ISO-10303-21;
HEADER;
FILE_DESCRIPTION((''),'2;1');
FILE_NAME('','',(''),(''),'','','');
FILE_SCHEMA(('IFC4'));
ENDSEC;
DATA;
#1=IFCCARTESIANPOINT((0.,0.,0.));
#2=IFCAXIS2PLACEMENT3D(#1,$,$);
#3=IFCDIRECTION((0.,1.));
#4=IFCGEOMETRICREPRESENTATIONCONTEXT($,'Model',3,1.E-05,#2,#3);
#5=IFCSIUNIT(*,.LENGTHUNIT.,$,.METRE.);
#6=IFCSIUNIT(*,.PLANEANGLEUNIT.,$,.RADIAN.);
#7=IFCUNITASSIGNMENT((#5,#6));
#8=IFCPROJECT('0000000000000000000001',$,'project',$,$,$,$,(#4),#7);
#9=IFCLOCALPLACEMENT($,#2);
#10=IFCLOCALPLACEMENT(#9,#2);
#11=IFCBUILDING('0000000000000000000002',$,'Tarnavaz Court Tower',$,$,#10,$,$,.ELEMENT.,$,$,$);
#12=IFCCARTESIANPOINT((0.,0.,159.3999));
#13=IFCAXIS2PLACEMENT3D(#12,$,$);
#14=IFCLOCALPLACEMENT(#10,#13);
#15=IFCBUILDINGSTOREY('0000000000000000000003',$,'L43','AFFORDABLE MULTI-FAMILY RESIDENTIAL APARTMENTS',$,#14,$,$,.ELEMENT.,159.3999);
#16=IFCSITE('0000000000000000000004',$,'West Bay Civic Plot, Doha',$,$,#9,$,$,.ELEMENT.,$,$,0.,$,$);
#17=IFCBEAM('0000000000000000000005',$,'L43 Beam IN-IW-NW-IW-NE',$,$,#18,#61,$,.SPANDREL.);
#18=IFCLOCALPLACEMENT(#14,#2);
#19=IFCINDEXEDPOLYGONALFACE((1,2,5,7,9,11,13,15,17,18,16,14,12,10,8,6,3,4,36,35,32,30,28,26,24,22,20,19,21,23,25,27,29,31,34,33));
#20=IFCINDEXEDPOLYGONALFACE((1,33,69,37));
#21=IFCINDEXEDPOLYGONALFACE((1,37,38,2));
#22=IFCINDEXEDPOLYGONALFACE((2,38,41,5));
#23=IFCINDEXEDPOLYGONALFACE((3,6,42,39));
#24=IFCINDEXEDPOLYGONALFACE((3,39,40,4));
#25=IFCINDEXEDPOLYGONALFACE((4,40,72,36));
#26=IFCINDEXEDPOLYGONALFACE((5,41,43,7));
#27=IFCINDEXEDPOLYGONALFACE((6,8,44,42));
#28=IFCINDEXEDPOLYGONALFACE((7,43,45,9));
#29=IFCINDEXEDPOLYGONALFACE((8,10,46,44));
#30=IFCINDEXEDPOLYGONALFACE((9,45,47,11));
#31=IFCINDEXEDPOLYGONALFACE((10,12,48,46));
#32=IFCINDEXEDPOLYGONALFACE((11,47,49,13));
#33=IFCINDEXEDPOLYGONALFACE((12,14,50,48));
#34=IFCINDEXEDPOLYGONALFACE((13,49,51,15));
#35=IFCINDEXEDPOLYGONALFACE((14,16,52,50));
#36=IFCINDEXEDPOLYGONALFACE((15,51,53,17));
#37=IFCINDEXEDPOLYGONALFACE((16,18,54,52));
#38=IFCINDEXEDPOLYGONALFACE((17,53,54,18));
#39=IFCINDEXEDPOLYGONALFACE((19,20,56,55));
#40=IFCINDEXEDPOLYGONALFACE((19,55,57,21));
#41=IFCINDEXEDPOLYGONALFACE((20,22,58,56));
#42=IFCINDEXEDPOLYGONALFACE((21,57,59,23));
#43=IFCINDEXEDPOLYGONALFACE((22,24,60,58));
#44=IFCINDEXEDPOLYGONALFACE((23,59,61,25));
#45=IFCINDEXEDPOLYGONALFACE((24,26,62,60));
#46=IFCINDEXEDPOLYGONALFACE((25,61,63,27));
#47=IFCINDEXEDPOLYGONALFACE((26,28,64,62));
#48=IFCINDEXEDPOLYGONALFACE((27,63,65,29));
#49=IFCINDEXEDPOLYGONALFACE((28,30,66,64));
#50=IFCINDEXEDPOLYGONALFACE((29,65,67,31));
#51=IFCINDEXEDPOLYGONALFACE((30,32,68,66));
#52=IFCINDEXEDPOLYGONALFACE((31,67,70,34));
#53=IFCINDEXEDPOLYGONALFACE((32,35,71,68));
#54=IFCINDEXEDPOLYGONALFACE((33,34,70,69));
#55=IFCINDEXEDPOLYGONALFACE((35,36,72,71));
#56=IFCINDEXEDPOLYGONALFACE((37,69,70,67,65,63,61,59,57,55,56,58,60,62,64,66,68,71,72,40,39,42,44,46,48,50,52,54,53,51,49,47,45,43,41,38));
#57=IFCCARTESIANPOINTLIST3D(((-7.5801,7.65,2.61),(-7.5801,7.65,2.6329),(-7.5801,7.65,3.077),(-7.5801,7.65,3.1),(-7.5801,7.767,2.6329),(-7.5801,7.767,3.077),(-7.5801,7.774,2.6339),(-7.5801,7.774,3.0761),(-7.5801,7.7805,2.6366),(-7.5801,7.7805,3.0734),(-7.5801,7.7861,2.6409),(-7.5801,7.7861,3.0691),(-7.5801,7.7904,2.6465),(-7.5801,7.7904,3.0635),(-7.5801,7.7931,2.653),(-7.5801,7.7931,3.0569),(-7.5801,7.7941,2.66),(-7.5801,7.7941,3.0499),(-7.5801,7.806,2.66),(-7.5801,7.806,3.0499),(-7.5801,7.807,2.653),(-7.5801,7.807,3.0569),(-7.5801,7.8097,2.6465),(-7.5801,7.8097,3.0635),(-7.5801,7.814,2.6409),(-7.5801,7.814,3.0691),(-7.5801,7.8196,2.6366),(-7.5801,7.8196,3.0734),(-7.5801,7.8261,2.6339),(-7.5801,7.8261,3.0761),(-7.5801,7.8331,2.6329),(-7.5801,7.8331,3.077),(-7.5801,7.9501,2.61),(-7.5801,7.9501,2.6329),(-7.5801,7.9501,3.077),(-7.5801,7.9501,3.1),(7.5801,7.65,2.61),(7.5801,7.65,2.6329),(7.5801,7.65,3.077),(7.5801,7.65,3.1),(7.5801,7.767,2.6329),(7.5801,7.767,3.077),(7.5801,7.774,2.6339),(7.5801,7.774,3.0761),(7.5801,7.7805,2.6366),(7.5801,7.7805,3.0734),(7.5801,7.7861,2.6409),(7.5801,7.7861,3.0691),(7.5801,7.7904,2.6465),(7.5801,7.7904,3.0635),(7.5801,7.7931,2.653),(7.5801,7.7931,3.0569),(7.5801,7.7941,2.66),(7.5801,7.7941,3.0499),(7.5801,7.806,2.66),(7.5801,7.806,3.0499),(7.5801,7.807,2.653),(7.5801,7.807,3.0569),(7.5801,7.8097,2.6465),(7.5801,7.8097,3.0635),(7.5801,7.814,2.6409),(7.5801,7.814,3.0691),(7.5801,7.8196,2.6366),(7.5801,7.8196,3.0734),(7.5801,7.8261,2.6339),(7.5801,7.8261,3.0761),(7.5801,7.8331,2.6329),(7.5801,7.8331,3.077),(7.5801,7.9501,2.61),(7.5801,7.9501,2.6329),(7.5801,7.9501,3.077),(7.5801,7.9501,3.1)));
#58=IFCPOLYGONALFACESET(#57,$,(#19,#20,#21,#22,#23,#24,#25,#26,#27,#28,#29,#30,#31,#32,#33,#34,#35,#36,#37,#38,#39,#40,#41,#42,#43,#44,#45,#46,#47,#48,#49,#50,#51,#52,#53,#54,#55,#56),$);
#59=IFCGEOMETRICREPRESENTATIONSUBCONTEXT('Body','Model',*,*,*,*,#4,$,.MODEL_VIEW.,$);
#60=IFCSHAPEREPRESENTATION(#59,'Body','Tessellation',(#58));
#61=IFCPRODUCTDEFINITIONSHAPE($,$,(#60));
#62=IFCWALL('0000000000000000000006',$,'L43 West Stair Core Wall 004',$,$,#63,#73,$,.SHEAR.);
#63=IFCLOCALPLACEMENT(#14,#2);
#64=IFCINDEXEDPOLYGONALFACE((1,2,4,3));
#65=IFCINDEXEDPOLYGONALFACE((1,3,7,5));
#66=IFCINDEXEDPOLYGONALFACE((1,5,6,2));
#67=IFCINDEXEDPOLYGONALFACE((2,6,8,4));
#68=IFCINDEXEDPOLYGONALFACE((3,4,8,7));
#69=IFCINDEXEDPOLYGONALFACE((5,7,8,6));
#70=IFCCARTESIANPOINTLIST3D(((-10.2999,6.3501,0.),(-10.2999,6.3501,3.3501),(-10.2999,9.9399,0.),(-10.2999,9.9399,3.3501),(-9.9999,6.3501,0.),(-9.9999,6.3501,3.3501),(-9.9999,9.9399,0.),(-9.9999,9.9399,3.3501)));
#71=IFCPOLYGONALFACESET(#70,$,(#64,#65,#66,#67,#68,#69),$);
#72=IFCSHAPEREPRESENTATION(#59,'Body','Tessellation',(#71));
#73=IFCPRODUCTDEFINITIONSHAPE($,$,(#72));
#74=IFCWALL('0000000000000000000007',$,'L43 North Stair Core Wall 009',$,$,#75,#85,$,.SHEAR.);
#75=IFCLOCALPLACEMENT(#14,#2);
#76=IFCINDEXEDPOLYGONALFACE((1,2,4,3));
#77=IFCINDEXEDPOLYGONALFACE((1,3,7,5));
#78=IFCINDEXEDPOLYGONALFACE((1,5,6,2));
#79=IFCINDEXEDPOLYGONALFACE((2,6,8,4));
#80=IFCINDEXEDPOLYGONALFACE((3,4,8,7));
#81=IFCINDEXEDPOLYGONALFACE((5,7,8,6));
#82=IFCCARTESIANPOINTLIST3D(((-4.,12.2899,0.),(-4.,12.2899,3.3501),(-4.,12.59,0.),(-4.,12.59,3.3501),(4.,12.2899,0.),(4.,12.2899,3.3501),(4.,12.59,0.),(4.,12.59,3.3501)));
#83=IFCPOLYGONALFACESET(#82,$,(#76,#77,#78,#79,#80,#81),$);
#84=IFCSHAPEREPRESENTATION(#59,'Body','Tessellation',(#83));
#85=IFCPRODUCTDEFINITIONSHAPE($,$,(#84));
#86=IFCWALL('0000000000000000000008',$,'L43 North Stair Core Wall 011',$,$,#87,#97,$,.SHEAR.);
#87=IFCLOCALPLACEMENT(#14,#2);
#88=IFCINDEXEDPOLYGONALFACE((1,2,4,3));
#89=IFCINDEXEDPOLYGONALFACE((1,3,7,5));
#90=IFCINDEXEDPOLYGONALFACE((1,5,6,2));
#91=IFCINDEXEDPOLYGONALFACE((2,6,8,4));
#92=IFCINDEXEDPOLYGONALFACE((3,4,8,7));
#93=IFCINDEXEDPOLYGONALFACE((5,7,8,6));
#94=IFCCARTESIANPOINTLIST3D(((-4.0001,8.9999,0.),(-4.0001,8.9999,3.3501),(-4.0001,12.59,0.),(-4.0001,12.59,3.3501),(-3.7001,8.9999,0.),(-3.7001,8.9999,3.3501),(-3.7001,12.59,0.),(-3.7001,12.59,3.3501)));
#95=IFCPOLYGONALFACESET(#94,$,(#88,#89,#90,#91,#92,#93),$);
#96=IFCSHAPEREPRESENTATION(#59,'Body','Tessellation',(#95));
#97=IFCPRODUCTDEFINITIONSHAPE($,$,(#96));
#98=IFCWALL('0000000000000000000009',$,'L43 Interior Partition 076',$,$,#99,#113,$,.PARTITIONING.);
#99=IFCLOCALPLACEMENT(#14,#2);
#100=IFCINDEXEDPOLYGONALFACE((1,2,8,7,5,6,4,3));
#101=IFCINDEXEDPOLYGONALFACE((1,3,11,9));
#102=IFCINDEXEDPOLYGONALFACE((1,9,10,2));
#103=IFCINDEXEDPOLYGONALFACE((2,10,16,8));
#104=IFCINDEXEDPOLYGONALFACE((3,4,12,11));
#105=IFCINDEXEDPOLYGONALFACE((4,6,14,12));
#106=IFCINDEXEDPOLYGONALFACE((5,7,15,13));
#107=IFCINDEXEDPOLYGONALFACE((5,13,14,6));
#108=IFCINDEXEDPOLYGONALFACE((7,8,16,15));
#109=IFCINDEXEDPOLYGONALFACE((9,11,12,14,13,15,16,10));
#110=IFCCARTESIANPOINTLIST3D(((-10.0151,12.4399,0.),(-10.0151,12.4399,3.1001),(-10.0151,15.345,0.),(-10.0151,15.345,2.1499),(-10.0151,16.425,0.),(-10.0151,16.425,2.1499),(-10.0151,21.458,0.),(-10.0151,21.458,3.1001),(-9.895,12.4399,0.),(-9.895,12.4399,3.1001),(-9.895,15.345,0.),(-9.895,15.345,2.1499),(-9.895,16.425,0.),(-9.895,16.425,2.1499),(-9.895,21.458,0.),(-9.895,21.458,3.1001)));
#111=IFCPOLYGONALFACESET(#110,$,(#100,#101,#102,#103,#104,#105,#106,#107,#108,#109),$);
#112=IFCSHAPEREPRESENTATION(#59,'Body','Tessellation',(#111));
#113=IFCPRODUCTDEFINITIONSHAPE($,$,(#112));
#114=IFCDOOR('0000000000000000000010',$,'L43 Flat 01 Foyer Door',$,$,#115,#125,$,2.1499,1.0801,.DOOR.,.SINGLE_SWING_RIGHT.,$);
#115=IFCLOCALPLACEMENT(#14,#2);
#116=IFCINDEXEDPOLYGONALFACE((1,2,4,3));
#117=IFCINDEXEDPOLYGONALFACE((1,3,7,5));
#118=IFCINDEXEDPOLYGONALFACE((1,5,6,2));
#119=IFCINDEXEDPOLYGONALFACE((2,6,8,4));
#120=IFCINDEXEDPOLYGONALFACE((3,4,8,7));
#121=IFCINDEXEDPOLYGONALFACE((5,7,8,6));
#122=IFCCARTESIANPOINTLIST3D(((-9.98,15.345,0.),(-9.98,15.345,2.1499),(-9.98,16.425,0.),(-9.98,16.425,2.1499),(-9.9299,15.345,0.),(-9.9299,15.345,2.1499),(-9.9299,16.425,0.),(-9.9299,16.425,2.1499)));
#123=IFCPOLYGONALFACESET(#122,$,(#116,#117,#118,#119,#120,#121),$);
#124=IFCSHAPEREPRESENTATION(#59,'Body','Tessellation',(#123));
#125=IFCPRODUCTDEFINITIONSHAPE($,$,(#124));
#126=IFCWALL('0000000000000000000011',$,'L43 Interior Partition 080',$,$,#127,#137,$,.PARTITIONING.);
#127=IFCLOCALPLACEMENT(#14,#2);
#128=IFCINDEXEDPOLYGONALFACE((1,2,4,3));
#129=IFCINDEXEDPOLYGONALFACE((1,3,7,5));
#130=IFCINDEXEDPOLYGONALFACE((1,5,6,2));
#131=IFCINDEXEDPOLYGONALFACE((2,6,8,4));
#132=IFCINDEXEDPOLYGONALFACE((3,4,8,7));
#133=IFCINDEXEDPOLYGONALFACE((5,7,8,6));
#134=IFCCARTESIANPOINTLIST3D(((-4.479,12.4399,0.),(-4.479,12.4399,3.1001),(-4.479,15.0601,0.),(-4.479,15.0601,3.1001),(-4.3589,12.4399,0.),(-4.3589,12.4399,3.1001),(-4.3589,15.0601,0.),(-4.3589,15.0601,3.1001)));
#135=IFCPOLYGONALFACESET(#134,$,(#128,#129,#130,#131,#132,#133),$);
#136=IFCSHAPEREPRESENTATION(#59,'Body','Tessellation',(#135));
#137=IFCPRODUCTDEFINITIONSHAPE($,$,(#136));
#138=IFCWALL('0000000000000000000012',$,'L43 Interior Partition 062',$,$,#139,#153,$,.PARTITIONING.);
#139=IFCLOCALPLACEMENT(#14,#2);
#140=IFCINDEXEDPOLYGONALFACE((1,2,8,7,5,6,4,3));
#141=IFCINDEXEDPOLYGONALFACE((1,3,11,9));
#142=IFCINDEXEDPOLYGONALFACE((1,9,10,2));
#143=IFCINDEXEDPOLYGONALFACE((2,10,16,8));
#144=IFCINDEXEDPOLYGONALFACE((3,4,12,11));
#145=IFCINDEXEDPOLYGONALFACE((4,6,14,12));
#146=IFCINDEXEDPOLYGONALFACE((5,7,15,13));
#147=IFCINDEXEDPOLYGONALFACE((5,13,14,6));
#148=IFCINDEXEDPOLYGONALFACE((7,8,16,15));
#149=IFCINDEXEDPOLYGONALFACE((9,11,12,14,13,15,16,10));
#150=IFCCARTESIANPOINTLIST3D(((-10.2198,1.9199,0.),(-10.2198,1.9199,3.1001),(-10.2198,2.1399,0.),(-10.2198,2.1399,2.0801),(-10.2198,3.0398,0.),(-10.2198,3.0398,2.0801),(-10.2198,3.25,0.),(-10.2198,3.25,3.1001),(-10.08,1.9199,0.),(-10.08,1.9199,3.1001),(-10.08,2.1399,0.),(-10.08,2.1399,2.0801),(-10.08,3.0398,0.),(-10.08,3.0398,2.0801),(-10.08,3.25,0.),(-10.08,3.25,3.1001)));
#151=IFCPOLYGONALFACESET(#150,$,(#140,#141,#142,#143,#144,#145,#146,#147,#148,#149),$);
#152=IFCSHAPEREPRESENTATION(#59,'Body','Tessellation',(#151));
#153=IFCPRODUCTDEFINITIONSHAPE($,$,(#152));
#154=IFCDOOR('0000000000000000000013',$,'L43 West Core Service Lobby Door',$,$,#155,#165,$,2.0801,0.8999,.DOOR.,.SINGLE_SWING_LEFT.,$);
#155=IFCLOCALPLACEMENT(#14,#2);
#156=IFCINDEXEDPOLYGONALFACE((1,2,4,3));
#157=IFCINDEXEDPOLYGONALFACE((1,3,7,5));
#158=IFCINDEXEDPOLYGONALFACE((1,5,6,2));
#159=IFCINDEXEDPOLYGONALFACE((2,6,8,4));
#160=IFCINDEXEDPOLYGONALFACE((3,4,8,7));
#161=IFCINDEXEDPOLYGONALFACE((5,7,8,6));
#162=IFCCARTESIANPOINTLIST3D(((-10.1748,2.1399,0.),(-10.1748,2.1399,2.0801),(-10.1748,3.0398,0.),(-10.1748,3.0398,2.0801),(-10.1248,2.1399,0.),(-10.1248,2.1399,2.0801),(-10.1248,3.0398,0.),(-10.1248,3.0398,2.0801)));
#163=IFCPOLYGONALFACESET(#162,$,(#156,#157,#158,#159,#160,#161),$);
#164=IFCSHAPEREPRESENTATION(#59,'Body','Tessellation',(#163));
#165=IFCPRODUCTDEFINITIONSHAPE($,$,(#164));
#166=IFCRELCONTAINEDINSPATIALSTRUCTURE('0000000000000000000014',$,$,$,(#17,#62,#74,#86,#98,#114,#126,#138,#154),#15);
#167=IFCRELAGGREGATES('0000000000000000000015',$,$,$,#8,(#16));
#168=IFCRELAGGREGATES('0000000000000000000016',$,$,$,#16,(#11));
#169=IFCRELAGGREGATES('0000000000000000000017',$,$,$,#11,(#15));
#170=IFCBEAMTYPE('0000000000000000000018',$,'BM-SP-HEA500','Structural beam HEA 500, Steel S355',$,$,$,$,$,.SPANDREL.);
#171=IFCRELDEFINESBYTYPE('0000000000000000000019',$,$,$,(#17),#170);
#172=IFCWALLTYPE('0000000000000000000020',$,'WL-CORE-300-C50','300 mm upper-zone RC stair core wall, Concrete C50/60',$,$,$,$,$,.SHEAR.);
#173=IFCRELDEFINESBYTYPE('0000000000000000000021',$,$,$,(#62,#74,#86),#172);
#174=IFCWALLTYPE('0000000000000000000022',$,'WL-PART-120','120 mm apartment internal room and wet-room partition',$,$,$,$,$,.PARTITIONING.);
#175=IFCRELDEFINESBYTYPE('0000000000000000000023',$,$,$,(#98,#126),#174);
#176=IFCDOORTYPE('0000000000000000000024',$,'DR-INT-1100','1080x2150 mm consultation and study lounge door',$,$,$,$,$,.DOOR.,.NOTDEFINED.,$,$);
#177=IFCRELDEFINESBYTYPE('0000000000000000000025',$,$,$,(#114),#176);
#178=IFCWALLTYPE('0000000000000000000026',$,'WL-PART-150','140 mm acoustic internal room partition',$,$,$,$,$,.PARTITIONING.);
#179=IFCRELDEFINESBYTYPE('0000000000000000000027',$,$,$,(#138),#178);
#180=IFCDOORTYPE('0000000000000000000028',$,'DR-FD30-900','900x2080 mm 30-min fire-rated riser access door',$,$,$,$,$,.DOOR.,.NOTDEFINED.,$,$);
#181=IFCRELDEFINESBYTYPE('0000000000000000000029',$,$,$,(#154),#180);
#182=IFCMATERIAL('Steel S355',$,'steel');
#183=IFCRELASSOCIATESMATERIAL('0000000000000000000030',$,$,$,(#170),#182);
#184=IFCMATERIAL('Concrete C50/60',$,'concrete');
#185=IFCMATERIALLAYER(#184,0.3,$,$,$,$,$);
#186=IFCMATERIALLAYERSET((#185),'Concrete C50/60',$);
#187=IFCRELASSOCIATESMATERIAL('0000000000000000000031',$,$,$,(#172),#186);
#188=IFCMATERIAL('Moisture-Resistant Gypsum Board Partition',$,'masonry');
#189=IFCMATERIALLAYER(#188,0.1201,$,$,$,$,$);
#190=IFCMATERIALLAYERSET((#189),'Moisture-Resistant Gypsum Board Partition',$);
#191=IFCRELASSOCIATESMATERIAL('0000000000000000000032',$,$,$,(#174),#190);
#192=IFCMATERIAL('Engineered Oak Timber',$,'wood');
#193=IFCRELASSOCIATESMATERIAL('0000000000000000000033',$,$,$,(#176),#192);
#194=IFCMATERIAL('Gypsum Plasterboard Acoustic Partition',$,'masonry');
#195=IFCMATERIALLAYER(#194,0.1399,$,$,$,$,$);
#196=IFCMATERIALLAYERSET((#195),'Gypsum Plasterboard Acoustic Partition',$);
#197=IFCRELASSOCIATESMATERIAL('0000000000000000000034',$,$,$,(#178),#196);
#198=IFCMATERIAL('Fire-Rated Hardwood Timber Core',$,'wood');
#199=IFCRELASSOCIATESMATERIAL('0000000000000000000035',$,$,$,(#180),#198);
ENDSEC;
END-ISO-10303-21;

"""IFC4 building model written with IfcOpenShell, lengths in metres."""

from ifc_helpers import new_model, si_unit, direction, frame, frame_2d, origin, origin_2d, place, context, subcontext, project, spatial, rectangle, i_section, extrude, material, layer, layer_set, material_profile, profile_set, type_object, element, fill, save


model = new_model("IFC4")

# Units and contexts
model_context = context("Model", 3, precision=1e-05, world=origin(), true_north=direction((0.0, 1.0)))
body_context = subcontext(model_context, "Body", "Model", "MODEL_VIEW")
ifc_project = project(units=[si_unit("LENGTHUNIT", "METRE"), si_unit("PLANEANGLEUNIT", "RADIAN")], contexts=[model_context])

# Site, building, storey
site_placement = place(None, origin())
site = spatial("IfcSite", under=ifc_project, at=site_placement, Name="West Bay Civic Plot, Doha", CompositionType="ELEMENT", RefElevation=0.0)
building_placement = place(site_placement, origin())
building = spatial("IfcBuilding", under=site, at=building_placement, Name="Tarnavaz Court Tower", CompositionType="ELEMENT")
storey_placement = place(building_placement, frame((0.0, 0.0, 159.3999)))
storey = spatial("IfcBuildingStorey", under=building, at=storey_placement, Name="L43", Description="AFFORDABLE MULTI-FAMILY RESIDENTIAL APARTMENTS", CompositionType="ELEMENT", Elevation=159.3999)

# Beam
ifc_material_1 = material(Name="Steel S355", Category="steel")
ifc_material_profile_1 = material_profile(ifc_material_1, i_section(OverallWidth=0.3, OverallDepth=0.49, WebThickness=0.012, FlangeThickness=0.0229, FilletRadius=0.0271, at=origin_2d()), Name="HEA 500")
ifc_profile_set_1 = profile_set([ifc_material_profile_1], Name="Steel S355")
beam_type_1 = type_object("IfcBeamType", Name="BM-SP-HEA500", Description="Structural beam HEA 500, Steel S355", PredefinedType="SPANDREL", material=ifc_profile_set_1)
beam_1_placement = place(storey_placement, frame((-7.5801, 7.8, 2.855), z_axis=(1.0, 0.0, 0.0), x_axis=(0.0, 1.0, 0.0)))
element("IfcBeam", 1, at=beam_1_placement, inside=storey, type_object=beam_type_1, Name="L43 Beam IN-IW-NW-IW-NE", PredefinedType="SPANDREL", context=body_context, shape_type="SweptSolid", body=[
    extrude(i_section(OverallWidth=0.3, OverallDepth=0.49, WebThickness=0.012, FlangeThickness=0.0229, FilletRadius=0.0271, at=origin_2d()), origin(), (0.0, 0.0, 1.0), 15.1602),
])

# Walls
ifc_material_2 = material(Name="Concrete C50/60", Category="concrete")
ifc_layer_1 = layer(ifc_material_2, 0.3)
ifc_layer_set_1 = layer_set([ifc_layer_1], Name="Concrete C50/60")
wall_type_1 = type_object("IfcWallType", Name="WL-CORE-300-C50", Description="300 mm upper-zone RC stair core wall, Concrete C50/60", PredefinedType="SHEAR", material=ifc_layer_set_1)
wall_1_placement = place(storey_placement, frame((-10.1499, 6.3501, 0.0), z_axis=(0.0, 0.0, 1.0), x_axis=(0.0, 1.0, 0.0)))
element("IfcWall", 2, at=wall_1_placement, inside=storey, type_object=wall_type_1, Name="L43 West Stair Core Wall 004", PredefinedType="SHEAR", context=body_context, shape_type="SweptSolid", body=[
    extrude(rectangle(XDim=3.5898, YDim=0.3, at=frame_2d((1.7949, 0.0))), origin(), (0.0, 0.0, 1.0), 3.3501),
])
wall_2_placement = place(storey_placement, frame((-4.0, 12.4399, 0.0), z_axis=(0.0, 0.0, 1.0), x_axis=(1.0, 0.0, 0.0)))
element("IfcWall", 3, at=wall_2_placement, inside=storey, type_object=wall_type_1, Name="L43 North Stair Core Wall 009", PredefinedType="SHEAR", context=body_context, shape_type="SweptSolid", body=[
    extrude(rectangle(XDim=8.0, YDim=0.3, at=frame_2d((4.0, 0.0))), origin(), (0.0, 0.0, 1.0), 3.3501),
])

# Shared definitions
ifc_material_3 = material(Name="Fire-Rated Hardwood Timber Core", Category="wood")

# Wall
wall_3_placement = place(storey_placement, frame((-3.8501, 9.0, 0.0), z_axis=(0.0, 0.0, 1.0), x_axis=(0.0, 1.0, 0.0)))
element("IfcWall", 4, at=wall_3_placement, inside=storey, type_object=wall_type_1, Name="L43 North Stair Core Wall 011", PredefinedType="SHEAR", context=body_context, shape_type="SweptSolid", body=[
    extrude(rectangle(XDim=3.5901, YDim=0.3, at=frame_2d((1.7949, 0.0))), origin(), (0.0, 0.0, 1.0), 3.3501),
])

# Wall, opening, door
ifc_material_4 = material(Name="Moisture-Resistant Gypsum Board Partition", Category="masonry")
ifc_layer_2 = layer(ifc_material_4, 0.1201)
ifc_layer_set_2 = layer_set([ifc_layer_2], Name="Moisture-Resistant Gypsum Board Partition")
wall_type_2 = type_object("IfcWallType", Name="WL-PART-120", Description="120 mm apartment internal room and wet-room partition", PredefinedType="PARTITIONING", material=ifc_layer_set_2)
wall_4_placement = place(storey_placement, frame((-9.9551, 12.4399, 0.0), z_axis=(0.0, 0.0, 1.0), x_axis=(0.0, 1.0, 0.0)))
wall_4 = element("IfcWall", 5, at=wall_4_placement, inside=storey, type_object=wall_type_2, Name="L43 Interior Partition 076", PredefinedType="PARTITIONING", context=body_context, shape_type="SweptSolid", body=[
    extrude(rectangle(XDim=9.0181, YDim=0.1201, at=frame_2d((4.509, 0.0))), origin(), (0.0, 0.0, 1.0), 3.1001),
])
opening_1_placement = place(wall_4_placement, frame((2.905, 0.0, 0.0)))
opening_1 = element("IfcOpeningElement", 6, at=opening_1_placement, cuts=wall_4, PredefinedType="OPENING", context=body_context, shape_type="SweptSolid", body=[
    extrude(rectangle(XDim=1.0801, YDim=2.1499, at=frame_2d((0.54, 1.075))), frame((0.0, 0.0701, 0.0), z_axis=(0.0, -1.0, 0.0), x_axis=(1.0, 0.0, 0.0)), (0.0, 0.0, 1.0), 0.1401),
])
ifc_material_5 = material(Name="Engineered Oak Timber", Category="wood")
door_type_1 = type_object("IfcDoorType", Name="DR-INT-1100", Description="1080x2150 mm consultation and study lounge door", OperationType="NOTDEFINED", PredefinedType="DOOR", material=ifc_material_5)
door_1_placement = place(opening_1_placement, origin())
door_1 = element("IfcDoor", 7, at=door_1_placement, inside=storey, type_object=door_type_1, Name="L43 Flat 01 Foyer Door", OperationType="SINGLE_SWING_RIGHT", OverallHeight=2.1499, OverallWidth=1.0801, PredefinedType="DOOR", context=body_context, shape_type="SweptSolid", body=[
    extrude(rectangle(XDim=1.0801, YDim=2.1499, at=frame_2d((0.54, 1.075))), frame((0.0, 0.0249, 0.0), z_axis=(0.0, -1.0, 0.0), x_axis=(1.0, 0.0, 0.0)), (0.0, 0.0, 1.0), 0.05),
])
fill(opening_1, door_1)

# Wall
wall_5_placement = place(storey_placement, frame((-4.4189, 12.4399, 0.0), z_axis=(0.0, 0.0, 1.0), x_axis=(0.0, 1.0, 0.0)))
element("IfcWall", 8, at=wall_5_placement, inside=storey, type_object=wall_type_2, Name="L43 Interior Partition 080", PredefinedType="PARTITIONING", context=body_context, shape_type="SweptSolid", body=[
    extrude(rectangle(XDim=2.6201, YDim=0.1201, at=frame_2d((1.3101, 0.0))), origin(), (0.0, 0.0, 1.0), 3.1001),
])

# Wall, opening, door
ifc_material_6 = material(Name="Gypsum Plasterboard Acoustic Partition", Category="masonry")
ifc_layer_3 = layer(ifc_material_6, 0.1399)
ifc_layer_set_3 = layer_set([ifc_layer_3], Name="Gypsum Plasterboard Acoustic Partition")
wall_type_3 = type_object("IfcWallType", Name="WL-PART-150", Description="140 mm acoustic internal room partition", PredefinedType="PARTITIONING", material=ifc_layer_set_3)
wall_6_placement = place(storey_placement, frame((-10.1499, 1.9199, 0.0), z_axis=(0.0, 0.0, 1.0), x_axis=(0.0, 1.0, 0.0)))
wall_6 = element("IfcWall", 9, at=wall_6_placement, inside=storey, type_object=wall_type_3, Name="L43 Interior Partition 062", PredefinedType="PARTITIONING", context=body_context, shape_type="SweptSolid", body=[
    extrude(rectangle(XDim=1.3301, YDim=0.1399, at=frame_2d((0.665, 0.0))), origin(), (0.0, 0.0, 1.0), 3.1001),
])
opening_2_placement = place(wall_6_placement, frame((0.22, 0.0, 0.0)))
opening_2 = element("IfcOpeningElement", 10, at=opening_2_placement, cuts=wall_6, PredefinedType="OPENING", context=body_context, shape_type="SweptSolid", body=[
    extrude(rectangle(XDim=0.8999, YDim=2.0801, at=frame_2d((0.45, 1.04))), frame((0.0, 0.0798, 0.0), z_axis=(0.0, -1.0, 0.0), x_axis=(1.0, 0.0, 0.0)), (0.0, 0.0, 1.0), 0.1599),
])
door_type_2 = type_object("IfcDoorType", Name="DR-FD30-900", Description="900x2080 mm 30-min fire-rated riser access door", OperationType="NOTDEFINED", PredefinedType="DOOR", material=ifc_material_3)
door_2_placement = place(opening_2_placement, origin())
door_2 = element("IfcDoor", 11, at=door_2_placement, inside=storey, type_object=door_type_2, Name="L43 West Core Service Lobby Door", OperationType="SINGLE_SWING_LEFT", OverallHeight=2.0801, OverallWidth=0.8999, PredefinedType="DOOR", context=body_context, shape_type="SweptSolid", body=[
    extrude(rectangle(XDim=0.8999, YDim=2.0801, at=frame_2d((0.45, 1.04))), frame((0.0, 0.0249, 0.0), z_axis=(0.0, -1.0, 0.0), x_axis=(1.0, 0.0, 0.0)), (0.0, 0.0, 1.0), 0.05),
])
fill(opening_2, door_2)

save(model, "model.ifc")
